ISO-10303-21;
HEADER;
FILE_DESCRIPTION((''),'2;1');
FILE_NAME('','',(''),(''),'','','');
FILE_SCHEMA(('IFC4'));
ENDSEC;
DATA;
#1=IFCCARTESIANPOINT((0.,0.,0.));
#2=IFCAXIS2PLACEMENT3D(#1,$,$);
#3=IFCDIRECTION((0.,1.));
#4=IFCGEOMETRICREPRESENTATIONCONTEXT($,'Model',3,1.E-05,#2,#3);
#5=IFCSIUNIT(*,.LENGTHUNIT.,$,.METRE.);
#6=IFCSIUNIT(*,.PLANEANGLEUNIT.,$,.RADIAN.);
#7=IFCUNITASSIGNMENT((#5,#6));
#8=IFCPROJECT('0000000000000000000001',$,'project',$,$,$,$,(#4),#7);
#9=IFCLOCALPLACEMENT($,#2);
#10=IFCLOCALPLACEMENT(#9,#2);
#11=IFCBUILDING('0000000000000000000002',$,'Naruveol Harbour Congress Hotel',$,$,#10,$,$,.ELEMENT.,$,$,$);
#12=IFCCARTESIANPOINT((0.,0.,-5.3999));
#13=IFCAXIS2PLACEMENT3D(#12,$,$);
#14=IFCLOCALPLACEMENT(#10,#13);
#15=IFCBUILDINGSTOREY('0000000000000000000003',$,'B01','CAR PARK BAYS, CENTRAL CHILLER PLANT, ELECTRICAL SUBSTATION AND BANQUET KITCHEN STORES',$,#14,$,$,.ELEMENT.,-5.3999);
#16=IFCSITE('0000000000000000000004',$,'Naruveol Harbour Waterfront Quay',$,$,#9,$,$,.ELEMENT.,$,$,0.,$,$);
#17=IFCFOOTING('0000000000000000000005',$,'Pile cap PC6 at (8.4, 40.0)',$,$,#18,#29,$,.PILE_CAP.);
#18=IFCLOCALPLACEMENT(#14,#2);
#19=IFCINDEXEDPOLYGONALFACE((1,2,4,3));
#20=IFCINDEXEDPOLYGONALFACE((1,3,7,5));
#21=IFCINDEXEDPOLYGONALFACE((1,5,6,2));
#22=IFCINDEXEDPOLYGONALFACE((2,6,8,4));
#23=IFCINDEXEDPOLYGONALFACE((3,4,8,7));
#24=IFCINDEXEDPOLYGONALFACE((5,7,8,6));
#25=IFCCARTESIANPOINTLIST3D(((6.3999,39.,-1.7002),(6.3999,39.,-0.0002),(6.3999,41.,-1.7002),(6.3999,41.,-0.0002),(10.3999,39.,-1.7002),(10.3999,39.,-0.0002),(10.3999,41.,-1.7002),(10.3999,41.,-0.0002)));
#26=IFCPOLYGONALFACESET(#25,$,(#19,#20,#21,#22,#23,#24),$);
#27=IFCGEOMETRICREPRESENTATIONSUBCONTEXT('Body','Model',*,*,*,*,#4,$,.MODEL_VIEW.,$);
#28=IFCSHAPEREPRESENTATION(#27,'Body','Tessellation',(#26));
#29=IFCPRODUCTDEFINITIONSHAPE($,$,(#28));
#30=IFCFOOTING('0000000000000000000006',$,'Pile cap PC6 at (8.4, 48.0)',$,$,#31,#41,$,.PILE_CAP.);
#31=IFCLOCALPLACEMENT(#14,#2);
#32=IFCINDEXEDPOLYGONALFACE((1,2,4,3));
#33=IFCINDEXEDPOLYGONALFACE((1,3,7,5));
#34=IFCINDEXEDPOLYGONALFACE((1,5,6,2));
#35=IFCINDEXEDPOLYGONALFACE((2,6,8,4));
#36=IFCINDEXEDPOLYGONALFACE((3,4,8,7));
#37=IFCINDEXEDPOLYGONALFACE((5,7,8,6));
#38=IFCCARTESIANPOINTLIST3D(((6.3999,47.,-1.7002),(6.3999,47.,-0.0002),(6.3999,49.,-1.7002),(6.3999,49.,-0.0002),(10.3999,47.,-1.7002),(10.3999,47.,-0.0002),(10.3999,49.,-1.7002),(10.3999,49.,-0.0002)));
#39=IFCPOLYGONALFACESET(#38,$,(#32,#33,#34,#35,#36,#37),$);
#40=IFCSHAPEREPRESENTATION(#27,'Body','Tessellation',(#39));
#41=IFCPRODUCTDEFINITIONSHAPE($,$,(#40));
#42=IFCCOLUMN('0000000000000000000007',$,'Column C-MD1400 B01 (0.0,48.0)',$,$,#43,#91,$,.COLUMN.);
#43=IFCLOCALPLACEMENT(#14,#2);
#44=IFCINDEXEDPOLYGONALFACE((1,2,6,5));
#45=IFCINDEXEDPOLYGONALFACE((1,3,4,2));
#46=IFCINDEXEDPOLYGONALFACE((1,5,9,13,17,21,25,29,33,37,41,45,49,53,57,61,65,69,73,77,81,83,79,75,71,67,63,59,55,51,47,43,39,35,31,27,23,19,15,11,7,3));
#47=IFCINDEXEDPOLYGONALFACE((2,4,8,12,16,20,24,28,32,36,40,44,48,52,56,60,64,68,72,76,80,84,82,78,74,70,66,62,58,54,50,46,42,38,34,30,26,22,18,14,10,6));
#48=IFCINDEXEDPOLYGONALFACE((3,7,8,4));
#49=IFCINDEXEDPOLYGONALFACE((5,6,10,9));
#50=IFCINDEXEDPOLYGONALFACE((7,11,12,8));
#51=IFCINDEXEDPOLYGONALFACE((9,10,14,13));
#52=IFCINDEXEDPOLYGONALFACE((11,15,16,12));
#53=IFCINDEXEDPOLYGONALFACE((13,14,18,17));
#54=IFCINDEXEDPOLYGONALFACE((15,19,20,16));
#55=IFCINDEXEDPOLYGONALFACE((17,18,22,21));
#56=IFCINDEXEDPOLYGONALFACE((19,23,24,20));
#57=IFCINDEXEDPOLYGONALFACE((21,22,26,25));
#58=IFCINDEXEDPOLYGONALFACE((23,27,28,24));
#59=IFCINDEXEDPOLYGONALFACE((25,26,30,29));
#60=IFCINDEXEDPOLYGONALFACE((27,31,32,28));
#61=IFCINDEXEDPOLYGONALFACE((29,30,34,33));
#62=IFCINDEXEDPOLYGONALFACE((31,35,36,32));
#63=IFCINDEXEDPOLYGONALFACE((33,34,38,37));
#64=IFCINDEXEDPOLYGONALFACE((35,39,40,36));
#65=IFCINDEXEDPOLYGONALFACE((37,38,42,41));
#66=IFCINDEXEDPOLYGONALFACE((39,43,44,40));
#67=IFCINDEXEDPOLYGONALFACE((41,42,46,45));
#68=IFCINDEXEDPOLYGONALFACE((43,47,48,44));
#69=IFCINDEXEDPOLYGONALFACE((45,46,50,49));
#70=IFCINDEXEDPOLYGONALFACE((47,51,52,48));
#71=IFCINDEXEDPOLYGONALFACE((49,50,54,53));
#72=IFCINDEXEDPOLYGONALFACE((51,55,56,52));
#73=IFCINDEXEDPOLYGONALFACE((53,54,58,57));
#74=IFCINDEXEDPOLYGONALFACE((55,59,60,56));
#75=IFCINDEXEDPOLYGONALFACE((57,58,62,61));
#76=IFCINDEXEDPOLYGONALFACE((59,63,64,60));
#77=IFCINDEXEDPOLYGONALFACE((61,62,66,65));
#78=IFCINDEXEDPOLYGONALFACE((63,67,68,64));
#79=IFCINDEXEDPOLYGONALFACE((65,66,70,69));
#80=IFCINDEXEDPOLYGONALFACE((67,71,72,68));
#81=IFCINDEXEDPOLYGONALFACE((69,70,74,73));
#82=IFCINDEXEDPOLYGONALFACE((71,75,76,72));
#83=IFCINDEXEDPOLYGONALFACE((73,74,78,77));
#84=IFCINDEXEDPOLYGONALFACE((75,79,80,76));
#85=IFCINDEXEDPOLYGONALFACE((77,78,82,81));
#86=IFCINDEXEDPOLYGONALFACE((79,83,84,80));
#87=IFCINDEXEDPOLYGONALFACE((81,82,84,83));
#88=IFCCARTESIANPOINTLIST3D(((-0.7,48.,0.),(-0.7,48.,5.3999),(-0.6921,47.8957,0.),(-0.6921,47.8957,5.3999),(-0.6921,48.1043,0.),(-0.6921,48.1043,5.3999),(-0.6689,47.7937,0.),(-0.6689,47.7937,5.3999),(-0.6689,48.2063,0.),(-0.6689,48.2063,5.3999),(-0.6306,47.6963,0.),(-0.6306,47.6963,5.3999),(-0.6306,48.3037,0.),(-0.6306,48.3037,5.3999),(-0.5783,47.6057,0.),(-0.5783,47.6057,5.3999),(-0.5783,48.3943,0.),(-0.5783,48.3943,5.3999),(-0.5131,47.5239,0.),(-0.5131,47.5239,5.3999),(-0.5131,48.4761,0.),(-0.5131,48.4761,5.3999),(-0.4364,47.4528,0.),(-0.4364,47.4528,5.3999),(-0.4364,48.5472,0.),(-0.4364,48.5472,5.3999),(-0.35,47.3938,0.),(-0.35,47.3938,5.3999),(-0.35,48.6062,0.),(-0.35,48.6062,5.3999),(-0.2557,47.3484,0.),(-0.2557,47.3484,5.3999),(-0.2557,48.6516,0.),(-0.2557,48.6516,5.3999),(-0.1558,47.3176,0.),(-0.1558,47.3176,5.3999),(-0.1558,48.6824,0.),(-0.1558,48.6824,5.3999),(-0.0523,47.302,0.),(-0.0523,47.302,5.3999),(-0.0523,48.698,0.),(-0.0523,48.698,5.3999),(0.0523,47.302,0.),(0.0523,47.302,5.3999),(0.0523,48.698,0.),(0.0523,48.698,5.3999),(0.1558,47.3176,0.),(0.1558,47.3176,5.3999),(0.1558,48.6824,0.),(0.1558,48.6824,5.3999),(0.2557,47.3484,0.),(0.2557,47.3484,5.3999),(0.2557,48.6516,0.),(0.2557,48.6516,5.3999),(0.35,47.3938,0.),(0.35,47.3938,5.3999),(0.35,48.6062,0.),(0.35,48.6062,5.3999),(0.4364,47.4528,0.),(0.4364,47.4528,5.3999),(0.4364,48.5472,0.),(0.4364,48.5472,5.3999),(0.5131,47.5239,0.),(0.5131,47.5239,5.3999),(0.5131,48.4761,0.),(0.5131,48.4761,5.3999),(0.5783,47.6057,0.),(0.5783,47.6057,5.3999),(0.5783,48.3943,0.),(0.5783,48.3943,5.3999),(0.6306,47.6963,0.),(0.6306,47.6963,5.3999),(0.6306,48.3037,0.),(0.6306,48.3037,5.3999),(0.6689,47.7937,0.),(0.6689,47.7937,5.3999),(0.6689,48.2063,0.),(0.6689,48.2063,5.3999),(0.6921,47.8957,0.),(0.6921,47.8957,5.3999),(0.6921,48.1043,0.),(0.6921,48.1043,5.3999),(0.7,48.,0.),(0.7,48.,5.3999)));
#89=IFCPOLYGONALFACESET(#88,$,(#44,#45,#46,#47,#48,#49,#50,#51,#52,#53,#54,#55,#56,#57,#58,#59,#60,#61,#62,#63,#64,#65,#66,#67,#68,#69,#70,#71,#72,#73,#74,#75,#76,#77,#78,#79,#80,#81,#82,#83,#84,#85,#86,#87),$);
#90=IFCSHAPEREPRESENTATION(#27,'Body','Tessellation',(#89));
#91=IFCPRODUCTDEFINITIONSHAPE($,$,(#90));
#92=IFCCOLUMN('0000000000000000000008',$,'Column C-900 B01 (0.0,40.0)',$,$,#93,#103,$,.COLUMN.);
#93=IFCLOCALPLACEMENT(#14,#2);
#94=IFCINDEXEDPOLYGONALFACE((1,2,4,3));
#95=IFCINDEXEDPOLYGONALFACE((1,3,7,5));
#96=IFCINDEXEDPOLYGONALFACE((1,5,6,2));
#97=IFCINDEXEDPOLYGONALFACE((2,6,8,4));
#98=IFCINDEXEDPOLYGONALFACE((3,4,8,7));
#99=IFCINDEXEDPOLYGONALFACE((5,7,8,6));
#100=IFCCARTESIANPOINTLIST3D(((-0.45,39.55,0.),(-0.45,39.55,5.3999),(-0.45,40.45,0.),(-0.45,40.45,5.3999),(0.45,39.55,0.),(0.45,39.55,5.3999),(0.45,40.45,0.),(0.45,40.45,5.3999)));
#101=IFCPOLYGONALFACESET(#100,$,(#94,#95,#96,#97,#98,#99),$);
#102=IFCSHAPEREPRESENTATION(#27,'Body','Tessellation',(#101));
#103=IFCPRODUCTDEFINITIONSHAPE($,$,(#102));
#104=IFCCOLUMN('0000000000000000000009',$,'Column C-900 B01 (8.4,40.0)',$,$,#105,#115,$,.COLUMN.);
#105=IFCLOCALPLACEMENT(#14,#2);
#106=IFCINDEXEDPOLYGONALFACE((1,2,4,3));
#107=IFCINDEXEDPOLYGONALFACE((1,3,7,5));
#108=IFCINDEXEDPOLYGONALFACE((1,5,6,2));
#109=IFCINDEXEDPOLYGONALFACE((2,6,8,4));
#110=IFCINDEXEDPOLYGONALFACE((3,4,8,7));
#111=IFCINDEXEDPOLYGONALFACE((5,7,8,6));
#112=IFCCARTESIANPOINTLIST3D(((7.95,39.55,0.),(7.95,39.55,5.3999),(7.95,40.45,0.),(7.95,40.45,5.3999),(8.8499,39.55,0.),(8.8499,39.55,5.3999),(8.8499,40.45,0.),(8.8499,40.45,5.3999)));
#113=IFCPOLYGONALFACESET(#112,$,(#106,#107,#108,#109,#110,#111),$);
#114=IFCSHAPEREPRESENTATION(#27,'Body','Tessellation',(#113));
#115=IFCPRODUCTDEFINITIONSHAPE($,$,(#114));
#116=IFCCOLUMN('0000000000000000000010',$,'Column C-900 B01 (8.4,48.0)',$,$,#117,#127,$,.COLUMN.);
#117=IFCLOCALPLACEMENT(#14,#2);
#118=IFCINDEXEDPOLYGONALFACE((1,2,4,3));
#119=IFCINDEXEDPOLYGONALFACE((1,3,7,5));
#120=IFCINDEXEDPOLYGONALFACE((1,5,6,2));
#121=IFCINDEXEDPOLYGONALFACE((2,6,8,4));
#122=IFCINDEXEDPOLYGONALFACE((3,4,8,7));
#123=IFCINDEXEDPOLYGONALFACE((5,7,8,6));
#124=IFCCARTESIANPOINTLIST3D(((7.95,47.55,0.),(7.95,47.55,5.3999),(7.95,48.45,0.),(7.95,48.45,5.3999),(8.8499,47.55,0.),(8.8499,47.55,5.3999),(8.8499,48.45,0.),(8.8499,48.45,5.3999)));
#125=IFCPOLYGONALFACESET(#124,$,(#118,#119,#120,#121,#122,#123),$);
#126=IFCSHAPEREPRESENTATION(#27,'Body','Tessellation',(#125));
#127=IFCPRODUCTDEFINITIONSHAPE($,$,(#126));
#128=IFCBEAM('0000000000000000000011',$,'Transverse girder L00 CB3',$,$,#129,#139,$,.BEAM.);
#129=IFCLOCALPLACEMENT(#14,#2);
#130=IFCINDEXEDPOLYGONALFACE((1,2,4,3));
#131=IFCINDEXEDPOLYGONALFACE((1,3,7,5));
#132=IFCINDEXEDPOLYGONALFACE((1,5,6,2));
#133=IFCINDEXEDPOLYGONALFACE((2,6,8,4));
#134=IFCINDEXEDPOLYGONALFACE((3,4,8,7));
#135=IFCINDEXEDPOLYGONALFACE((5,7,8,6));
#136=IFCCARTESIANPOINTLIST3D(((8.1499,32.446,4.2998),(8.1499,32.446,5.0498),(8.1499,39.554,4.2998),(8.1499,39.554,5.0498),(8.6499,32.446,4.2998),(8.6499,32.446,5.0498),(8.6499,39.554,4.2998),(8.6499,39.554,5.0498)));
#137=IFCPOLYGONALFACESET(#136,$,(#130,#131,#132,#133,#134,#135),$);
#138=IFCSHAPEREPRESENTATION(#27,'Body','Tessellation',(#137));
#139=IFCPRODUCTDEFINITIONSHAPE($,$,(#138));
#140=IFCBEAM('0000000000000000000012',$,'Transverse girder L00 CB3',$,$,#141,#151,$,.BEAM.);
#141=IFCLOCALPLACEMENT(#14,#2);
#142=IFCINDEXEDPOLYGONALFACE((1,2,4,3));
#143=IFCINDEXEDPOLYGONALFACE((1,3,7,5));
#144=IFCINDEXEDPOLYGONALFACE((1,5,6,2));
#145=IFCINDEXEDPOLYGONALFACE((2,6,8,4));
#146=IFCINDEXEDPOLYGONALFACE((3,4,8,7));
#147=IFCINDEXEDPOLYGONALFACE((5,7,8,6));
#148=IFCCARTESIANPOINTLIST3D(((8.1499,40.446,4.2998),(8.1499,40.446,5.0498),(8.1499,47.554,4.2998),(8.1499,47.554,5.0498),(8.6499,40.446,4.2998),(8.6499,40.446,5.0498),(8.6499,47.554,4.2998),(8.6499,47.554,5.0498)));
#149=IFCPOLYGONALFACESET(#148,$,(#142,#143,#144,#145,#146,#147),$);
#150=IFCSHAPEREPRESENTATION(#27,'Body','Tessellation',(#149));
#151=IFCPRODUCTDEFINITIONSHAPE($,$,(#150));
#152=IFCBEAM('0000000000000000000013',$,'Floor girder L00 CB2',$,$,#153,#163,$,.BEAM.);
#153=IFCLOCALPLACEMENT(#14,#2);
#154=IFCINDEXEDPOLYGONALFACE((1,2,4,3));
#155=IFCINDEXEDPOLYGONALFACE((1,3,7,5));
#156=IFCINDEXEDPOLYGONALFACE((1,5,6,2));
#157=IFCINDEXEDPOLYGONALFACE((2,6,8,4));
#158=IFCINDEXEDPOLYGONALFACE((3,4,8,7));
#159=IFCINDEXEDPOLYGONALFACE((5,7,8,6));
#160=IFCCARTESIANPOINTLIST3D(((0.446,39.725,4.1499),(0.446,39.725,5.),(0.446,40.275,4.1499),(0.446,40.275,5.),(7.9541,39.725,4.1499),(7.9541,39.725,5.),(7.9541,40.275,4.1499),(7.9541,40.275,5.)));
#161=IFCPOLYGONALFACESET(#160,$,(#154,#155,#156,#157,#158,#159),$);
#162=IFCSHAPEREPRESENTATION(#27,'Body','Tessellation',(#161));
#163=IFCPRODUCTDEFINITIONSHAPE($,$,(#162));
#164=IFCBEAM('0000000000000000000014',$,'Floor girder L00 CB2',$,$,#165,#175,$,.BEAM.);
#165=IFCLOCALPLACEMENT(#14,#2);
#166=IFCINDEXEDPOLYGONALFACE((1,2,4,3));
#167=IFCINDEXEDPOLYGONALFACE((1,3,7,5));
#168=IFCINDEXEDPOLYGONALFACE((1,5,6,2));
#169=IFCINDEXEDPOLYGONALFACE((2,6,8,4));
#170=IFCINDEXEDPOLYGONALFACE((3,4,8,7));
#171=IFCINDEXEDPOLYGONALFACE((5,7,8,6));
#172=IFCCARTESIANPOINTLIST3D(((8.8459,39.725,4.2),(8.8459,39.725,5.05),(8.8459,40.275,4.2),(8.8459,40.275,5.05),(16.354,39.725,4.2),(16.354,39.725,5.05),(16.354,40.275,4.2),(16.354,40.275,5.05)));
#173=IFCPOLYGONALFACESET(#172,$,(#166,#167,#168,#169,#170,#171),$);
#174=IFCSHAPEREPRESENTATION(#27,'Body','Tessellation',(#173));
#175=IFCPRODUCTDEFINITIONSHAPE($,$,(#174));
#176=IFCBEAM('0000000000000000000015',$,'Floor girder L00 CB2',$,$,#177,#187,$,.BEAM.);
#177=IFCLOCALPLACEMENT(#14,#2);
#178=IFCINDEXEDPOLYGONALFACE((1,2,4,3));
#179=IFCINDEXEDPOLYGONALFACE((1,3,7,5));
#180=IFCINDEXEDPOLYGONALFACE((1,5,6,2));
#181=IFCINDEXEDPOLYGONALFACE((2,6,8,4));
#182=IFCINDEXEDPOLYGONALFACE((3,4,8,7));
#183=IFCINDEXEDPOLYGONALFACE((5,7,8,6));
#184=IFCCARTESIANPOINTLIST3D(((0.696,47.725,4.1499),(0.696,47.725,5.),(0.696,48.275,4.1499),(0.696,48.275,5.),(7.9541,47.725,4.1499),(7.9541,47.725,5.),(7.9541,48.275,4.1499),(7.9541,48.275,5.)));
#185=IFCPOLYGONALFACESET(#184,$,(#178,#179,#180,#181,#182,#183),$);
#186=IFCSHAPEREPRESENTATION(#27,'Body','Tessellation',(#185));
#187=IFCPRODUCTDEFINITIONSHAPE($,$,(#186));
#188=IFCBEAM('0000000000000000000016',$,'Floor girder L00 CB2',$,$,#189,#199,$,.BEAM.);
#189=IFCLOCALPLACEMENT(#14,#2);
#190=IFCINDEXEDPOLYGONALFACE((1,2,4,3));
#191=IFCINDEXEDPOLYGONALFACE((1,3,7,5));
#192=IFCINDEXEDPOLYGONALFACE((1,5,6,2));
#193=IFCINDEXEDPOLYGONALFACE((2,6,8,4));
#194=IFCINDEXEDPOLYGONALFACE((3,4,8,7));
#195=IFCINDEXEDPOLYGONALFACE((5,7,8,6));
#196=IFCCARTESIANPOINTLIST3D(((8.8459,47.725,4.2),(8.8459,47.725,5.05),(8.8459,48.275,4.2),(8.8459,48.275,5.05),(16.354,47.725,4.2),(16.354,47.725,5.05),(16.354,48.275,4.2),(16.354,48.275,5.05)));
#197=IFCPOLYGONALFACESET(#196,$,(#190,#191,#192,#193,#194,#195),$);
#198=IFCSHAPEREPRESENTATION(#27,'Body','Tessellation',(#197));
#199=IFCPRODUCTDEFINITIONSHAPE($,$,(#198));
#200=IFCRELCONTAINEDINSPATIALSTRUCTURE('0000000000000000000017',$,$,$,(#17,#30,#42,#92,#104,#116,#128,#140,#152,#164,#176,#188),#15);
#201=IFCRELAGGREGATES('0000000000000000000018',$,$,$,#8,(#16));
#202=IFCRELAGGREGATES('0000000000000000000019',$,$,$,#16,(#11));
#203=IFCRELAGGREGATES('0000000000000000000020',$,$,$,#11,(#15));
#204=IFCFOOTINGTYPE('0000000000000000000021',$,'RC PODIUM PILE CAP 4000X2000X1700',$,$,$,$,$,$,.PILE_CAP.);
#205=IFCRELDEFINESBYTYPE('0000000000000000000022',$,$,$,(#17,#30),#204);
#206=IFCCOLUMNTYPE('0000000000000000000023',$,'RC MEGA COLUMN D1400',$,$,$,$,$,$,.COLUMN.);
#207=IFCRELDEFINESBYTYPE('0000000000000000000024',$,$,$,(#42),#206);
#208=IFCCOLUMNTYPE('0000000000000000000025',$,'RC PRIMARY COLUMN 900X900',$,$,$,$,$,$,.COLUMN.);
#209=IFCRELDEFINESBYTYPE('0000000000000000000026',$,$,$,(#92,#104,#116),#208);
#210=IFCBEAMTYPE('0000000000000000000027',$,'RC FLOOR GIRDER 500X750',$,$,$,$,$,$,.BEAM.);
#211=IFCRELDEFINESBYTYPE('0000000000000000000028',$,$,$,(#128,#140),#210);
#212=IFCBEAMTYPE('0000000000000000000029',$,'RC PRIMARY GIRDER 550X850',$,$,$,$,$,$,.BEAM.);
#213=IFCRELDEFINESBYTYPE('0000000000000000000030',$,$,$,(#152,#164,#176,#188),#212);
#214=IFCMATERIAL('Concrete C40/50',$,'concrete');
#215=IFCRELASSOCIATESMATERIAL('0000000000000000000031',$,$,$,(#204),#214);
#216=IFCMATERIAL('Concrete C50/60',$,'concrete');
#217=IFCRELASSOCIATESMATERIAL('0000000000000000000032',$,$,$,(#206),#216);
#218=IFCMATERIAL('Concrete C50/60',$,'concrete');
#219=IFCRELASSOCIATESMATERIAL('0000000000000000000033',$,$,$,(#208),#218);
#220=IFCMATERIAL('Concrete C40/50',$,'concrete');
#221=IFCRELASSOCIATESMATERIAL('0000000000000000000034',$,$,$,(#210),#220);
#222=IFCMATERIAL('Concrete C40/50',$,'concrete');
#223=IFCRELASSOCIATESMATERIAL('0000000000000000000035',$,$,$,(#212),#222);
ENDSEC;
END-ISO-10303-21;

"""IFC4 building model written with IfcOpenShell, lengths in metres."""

from ifc_helpers import new_model, si_unit, direction, frame, origin, origin_2d, place, context, subcontext, project, spatial, rectangle, circle, extrude, material, material_profile, profile_set, type_object, element, save


model = new_model("IFC4")

# Units and contexts
model_context = context("Model", 3, precision=1e-05, world=origin(), true_north=direction((0.0, 1.0)))
body_context = subcontext(model_context, "Body", "Model", "MODEL_VIEW")
ifc_project = project(units=[si_unit("LENGTHUNIT", "METRE"), si_unit("PLANEANGLEUNIT", "RADIAN")], contexts=[model_context])

# Site, building, storey
site_placement = place(None, origin())
site = spatial("IfcSite", under=ifc_project, at=site_placement, Name="Naruveol Harbour Waterfront Quay", CompositionType="ELEMENT", RefElevation=0.0)
building_placement = place(site_placement, origin())
building = spatial("IfcBuilding", under=site, at=building_placement, Name="Naruveol Harbour Congress Hotel", CompositionType="ELEMENT")
storey_placement = place(building_placement, frame((0.0, 0.0, -5.3999)))
storey = spatial("IfcBuildingStorey", under=building, at=storey_placement, Name="B01", Description="CAR PARK BAYS, CENTRAL CHILLER PLANT, ELECTRICAL SUBSTATION AND BANQUET KITCHEN STORES", CompositionType="ELEMENT", Elevation=-5.3999)

# Footings
ifc_material_1 = material(Name="Concrete C40/50", Category="concrete")
footing_type_1 = type_object("IfcFootingType", Name="RC PODIUM PILE CAP 4000X2000X1700", PredefinedType="PILE_CAP", material=ifc_material_1)
for number, where, z_axis, x_axis, name in (
    (1, (8.3999, 40.0, -1.7002), (0.0, 0.0, 1.0), (1.0, 0.0, 0.0), "Pile cap PC6 at (8.4, 40.0)"),
    (2, (8.3999, 48.0, -1.7002), (0.0, 0.0, 1.0), (1.0, 0.0, 0.0), "Pile cap PC6 at (8.4, 48.0)"),
):
    element("IfcFooting", number, at=place(storey_placement, frame(where, z_axis=z_axis, x_axis=x_axis)), inside=storey, type_object=footing_type_1, Name=name, PredefinedType="PILE_CAP", context=body_context, shape_type="SweptSolid", body=[
        extrude(rectangle(XDim=4.0, YDim=2.0, at=origin_2d()), origin(), (0.0, 0.0, 1.0), 1.7),
    ])

# Columns
ifc_material_2 = material(Name="Concrete C50/60", Category="concrete")
ifc_material_profile_1 = material_profile(ifc_material_2, circle(Radius=0.7, at=origin_2d()), Name="RC-D1400")
ifc_profile_set_1 = profile_set([ifc_material_profile_1], Name="Concrete C50/60")
column_type_1 = type_object("IfcColumnType", Name="RC MEGA COLUMN D1400", PredefinedType="COLUMN", material=ifc_profile_set_1)
column_placement = place(storey_placement, frame((0.0, 48.0, 0.0), z_axis=(0.0, 0.0, 1.0), x_axis=(1.0, 0.0, 0.0)))
element("IfcColumn", 3, at=column_placement, inside=storey, type_object=column_type_1, Name="Column C-MD1400 B01 (0.0,48.0)", PredefinedType="COLUMN", context=body_context, shape_type="SweptSolid", body=[
    extrude(circle(Radius=0.7, at=origin_2d()), origin(), (0.0, 0.0, 1.0), 5.3999),
])
ifc_material_3 = material(Name="Concrete C50/60", Category="concrete")
ifc_material_profile_2 = material_profile(ifc_material_3, rectangle(XDim=0.8999, YDim=0.8999, at=origin_2d()), Name="RC-900x900")
ifc_profile_set_2 = profile_set([ifc_material_profile_2], Name="Concrete C50/60")
column_type_2 = type_object("IfcColumnType", Name="RC PRIMARY COLUMN 900X900", PredefinedType="COLUMN", material=ifc_profile_set_2)
for number, where, z_axis, x_axis, name in (
    (4, (0.0, 40.0, 0.0), (0.0, 0.0, 1.0), (1.0, 0.0, 0.0), "Column C-900 B01 (0.0,40.0)"),
    (5, (8.3999, 40.0, 0.0), (0.0, 0.0, 1.0), (1.0, 0.0, 0.0), "Column C-900 B01 (8.4,40.0)"),
    (6, (8.3999, 48.0, 0.0), (0.0, 0.0, 1.0), (1.0, 0.0, 0.0), "Column C-900 B01 (8.4,48.0)"),
):
    element("IfcColumn", number, at=place(storey_placement, frame(where, z_axis=z_axis, x_axis=x_axis)), inside=storey, type_object=column_type_2, Name=name, PredefinedType="COLUMN", context=body_context, shape_type="SweptSolid", body=[
        extrude(rectangle(XDim=0.8999, YDim=0.8999, at=origin_2d()), origin(), (0.0, 0.0, 1.0), 5.3999),
    ])

# Beams
ifc_material_4 = material(Name="Concrete C40/50", Category="concrete")
ifc_material_profile_3 = material_profile(ifc_material_4, rectangle(XDim=0.5, YDim=0.75, at=origin_2d()), Name="RCB-500x750")
ifc_profile_set_3 = profile_set([ifc_material_profile_3], Name="Concrete C40/50")
beam_type_1 = type_object("IfcBeamType", Name="RC FLOOR GIRDER 500X750", PredefinedType="BEAM", material=ifc_profile_set_3)
for number, where, z_axis, x_axis, name in (
    (7, (8.3999, 32.446, 4.6748), (0.0, 1.0, 0.0), (-1.0, 0.0, 0.0), "Transverse girder L00 CB3"),
    (8, (8.3999, 40.446, 4.6748), (0.0, 1.0, 0.0), (-1.0, 0.0, 0.0), "Transverse girder L00 CB3"),
):
    element("IfcBeam", number, at=place(storey_placement, frame(where, z_axis=z_axis, x_axis=x_axis)), inside=storey, type_object=beam_type_1, Name=name, PredefinedType="BEAM", context=body_context, shape_type="SweptSolid", body=[
        extrude(rectangle(XDim=0.5, YDim=0.75, at=origin_2d()), origin(), (0.0, 0.0, 1.0), 7.1079),
    ])
ifc_material_5 = material(Name="Concrete C40/50", Category="concrete")
ifc_material_profile_4 = material_profile(ifc_material_5, rectangle(XDim=0.55, YDim=0.8501, at=origin_2d()), Name="RCB-550x850")
ifc_profile_set_4 = profile_set([ifc_material_profile_4], Name="Concrete C40/50")
beam_type_2 = type_object("IfcBeamType", Name="RC PRIMARY GIRDER 550X850", PredefinedType="BEAM", material=ifc_profile_set_4)
for number, where, z_axis, x_axis, name in (
    (9, (0.446, 40.0, 4.575), (1.0, 0.0, 0.0), (0.0, 1.0, 0.0), "Floor girder L00 CB2"),
    (10, (8.8459, 40.0, 4.625), (1.0, 0.0, 0.0), (0.0, 1.0, 0.0), "Floor girder L00 CB2"),
):
    element("IfcBeam", number, at=place(storey_placement, frame(where, z_axis=z_axis, x_axis=x_axis)), inside=storey, type_object=beam_type_2, Name=name, PredefinedType="BEAM", context=body_context, shape_type="SweptSolid", body=[
        extrude(rectangle(XDim=0.55, YDim=0.8501, at=origin_2d()), origin(), (0.0, 0.0, 1.0), 7.5081),
    ])
beam_1_placement = place(storey_placement, frame((0.696, 48.0, 4.575), z_axis=(1.0, 0.0, 0.0), x_axis=(0.0, 1.0, 0.0)))
element("IfcBeam", 11, at=beam_1_placement, inside=storey, type_object=beam_type_2, Name="Floor girder L00 CB2", PredefinedType="BEAM", context=body_context, shape_type="SweptSolid", body=[
    extrude(rectangle(XDim=0.55, YDim=0.8501, at=origin_2d()), origin(), (0.0, 0.0, 1.0), 7.2581),
])
beam_2_placement = place(storey_placement, frame((8.8459, 48.0, 4.625), z_axis=(1.0, 0.0, 0.0), x_axis=(0.0, 1.0, 0.0)))
element("IfcBeam", 12, at=beam_2_placement, inside=storey, type_object=beam_type_2, Name="Floor girder L00 CB2", PredefinedType="BEAM", context=body_context, shape_type="SweptSolid", body=[
    extrude(rectangle(XDim=0.55, YDim=0.8501, at=origin_2d()), origin(), (0.0, 0.0, 1.0), 7.5081),
])

save(model, "model.ifc")
